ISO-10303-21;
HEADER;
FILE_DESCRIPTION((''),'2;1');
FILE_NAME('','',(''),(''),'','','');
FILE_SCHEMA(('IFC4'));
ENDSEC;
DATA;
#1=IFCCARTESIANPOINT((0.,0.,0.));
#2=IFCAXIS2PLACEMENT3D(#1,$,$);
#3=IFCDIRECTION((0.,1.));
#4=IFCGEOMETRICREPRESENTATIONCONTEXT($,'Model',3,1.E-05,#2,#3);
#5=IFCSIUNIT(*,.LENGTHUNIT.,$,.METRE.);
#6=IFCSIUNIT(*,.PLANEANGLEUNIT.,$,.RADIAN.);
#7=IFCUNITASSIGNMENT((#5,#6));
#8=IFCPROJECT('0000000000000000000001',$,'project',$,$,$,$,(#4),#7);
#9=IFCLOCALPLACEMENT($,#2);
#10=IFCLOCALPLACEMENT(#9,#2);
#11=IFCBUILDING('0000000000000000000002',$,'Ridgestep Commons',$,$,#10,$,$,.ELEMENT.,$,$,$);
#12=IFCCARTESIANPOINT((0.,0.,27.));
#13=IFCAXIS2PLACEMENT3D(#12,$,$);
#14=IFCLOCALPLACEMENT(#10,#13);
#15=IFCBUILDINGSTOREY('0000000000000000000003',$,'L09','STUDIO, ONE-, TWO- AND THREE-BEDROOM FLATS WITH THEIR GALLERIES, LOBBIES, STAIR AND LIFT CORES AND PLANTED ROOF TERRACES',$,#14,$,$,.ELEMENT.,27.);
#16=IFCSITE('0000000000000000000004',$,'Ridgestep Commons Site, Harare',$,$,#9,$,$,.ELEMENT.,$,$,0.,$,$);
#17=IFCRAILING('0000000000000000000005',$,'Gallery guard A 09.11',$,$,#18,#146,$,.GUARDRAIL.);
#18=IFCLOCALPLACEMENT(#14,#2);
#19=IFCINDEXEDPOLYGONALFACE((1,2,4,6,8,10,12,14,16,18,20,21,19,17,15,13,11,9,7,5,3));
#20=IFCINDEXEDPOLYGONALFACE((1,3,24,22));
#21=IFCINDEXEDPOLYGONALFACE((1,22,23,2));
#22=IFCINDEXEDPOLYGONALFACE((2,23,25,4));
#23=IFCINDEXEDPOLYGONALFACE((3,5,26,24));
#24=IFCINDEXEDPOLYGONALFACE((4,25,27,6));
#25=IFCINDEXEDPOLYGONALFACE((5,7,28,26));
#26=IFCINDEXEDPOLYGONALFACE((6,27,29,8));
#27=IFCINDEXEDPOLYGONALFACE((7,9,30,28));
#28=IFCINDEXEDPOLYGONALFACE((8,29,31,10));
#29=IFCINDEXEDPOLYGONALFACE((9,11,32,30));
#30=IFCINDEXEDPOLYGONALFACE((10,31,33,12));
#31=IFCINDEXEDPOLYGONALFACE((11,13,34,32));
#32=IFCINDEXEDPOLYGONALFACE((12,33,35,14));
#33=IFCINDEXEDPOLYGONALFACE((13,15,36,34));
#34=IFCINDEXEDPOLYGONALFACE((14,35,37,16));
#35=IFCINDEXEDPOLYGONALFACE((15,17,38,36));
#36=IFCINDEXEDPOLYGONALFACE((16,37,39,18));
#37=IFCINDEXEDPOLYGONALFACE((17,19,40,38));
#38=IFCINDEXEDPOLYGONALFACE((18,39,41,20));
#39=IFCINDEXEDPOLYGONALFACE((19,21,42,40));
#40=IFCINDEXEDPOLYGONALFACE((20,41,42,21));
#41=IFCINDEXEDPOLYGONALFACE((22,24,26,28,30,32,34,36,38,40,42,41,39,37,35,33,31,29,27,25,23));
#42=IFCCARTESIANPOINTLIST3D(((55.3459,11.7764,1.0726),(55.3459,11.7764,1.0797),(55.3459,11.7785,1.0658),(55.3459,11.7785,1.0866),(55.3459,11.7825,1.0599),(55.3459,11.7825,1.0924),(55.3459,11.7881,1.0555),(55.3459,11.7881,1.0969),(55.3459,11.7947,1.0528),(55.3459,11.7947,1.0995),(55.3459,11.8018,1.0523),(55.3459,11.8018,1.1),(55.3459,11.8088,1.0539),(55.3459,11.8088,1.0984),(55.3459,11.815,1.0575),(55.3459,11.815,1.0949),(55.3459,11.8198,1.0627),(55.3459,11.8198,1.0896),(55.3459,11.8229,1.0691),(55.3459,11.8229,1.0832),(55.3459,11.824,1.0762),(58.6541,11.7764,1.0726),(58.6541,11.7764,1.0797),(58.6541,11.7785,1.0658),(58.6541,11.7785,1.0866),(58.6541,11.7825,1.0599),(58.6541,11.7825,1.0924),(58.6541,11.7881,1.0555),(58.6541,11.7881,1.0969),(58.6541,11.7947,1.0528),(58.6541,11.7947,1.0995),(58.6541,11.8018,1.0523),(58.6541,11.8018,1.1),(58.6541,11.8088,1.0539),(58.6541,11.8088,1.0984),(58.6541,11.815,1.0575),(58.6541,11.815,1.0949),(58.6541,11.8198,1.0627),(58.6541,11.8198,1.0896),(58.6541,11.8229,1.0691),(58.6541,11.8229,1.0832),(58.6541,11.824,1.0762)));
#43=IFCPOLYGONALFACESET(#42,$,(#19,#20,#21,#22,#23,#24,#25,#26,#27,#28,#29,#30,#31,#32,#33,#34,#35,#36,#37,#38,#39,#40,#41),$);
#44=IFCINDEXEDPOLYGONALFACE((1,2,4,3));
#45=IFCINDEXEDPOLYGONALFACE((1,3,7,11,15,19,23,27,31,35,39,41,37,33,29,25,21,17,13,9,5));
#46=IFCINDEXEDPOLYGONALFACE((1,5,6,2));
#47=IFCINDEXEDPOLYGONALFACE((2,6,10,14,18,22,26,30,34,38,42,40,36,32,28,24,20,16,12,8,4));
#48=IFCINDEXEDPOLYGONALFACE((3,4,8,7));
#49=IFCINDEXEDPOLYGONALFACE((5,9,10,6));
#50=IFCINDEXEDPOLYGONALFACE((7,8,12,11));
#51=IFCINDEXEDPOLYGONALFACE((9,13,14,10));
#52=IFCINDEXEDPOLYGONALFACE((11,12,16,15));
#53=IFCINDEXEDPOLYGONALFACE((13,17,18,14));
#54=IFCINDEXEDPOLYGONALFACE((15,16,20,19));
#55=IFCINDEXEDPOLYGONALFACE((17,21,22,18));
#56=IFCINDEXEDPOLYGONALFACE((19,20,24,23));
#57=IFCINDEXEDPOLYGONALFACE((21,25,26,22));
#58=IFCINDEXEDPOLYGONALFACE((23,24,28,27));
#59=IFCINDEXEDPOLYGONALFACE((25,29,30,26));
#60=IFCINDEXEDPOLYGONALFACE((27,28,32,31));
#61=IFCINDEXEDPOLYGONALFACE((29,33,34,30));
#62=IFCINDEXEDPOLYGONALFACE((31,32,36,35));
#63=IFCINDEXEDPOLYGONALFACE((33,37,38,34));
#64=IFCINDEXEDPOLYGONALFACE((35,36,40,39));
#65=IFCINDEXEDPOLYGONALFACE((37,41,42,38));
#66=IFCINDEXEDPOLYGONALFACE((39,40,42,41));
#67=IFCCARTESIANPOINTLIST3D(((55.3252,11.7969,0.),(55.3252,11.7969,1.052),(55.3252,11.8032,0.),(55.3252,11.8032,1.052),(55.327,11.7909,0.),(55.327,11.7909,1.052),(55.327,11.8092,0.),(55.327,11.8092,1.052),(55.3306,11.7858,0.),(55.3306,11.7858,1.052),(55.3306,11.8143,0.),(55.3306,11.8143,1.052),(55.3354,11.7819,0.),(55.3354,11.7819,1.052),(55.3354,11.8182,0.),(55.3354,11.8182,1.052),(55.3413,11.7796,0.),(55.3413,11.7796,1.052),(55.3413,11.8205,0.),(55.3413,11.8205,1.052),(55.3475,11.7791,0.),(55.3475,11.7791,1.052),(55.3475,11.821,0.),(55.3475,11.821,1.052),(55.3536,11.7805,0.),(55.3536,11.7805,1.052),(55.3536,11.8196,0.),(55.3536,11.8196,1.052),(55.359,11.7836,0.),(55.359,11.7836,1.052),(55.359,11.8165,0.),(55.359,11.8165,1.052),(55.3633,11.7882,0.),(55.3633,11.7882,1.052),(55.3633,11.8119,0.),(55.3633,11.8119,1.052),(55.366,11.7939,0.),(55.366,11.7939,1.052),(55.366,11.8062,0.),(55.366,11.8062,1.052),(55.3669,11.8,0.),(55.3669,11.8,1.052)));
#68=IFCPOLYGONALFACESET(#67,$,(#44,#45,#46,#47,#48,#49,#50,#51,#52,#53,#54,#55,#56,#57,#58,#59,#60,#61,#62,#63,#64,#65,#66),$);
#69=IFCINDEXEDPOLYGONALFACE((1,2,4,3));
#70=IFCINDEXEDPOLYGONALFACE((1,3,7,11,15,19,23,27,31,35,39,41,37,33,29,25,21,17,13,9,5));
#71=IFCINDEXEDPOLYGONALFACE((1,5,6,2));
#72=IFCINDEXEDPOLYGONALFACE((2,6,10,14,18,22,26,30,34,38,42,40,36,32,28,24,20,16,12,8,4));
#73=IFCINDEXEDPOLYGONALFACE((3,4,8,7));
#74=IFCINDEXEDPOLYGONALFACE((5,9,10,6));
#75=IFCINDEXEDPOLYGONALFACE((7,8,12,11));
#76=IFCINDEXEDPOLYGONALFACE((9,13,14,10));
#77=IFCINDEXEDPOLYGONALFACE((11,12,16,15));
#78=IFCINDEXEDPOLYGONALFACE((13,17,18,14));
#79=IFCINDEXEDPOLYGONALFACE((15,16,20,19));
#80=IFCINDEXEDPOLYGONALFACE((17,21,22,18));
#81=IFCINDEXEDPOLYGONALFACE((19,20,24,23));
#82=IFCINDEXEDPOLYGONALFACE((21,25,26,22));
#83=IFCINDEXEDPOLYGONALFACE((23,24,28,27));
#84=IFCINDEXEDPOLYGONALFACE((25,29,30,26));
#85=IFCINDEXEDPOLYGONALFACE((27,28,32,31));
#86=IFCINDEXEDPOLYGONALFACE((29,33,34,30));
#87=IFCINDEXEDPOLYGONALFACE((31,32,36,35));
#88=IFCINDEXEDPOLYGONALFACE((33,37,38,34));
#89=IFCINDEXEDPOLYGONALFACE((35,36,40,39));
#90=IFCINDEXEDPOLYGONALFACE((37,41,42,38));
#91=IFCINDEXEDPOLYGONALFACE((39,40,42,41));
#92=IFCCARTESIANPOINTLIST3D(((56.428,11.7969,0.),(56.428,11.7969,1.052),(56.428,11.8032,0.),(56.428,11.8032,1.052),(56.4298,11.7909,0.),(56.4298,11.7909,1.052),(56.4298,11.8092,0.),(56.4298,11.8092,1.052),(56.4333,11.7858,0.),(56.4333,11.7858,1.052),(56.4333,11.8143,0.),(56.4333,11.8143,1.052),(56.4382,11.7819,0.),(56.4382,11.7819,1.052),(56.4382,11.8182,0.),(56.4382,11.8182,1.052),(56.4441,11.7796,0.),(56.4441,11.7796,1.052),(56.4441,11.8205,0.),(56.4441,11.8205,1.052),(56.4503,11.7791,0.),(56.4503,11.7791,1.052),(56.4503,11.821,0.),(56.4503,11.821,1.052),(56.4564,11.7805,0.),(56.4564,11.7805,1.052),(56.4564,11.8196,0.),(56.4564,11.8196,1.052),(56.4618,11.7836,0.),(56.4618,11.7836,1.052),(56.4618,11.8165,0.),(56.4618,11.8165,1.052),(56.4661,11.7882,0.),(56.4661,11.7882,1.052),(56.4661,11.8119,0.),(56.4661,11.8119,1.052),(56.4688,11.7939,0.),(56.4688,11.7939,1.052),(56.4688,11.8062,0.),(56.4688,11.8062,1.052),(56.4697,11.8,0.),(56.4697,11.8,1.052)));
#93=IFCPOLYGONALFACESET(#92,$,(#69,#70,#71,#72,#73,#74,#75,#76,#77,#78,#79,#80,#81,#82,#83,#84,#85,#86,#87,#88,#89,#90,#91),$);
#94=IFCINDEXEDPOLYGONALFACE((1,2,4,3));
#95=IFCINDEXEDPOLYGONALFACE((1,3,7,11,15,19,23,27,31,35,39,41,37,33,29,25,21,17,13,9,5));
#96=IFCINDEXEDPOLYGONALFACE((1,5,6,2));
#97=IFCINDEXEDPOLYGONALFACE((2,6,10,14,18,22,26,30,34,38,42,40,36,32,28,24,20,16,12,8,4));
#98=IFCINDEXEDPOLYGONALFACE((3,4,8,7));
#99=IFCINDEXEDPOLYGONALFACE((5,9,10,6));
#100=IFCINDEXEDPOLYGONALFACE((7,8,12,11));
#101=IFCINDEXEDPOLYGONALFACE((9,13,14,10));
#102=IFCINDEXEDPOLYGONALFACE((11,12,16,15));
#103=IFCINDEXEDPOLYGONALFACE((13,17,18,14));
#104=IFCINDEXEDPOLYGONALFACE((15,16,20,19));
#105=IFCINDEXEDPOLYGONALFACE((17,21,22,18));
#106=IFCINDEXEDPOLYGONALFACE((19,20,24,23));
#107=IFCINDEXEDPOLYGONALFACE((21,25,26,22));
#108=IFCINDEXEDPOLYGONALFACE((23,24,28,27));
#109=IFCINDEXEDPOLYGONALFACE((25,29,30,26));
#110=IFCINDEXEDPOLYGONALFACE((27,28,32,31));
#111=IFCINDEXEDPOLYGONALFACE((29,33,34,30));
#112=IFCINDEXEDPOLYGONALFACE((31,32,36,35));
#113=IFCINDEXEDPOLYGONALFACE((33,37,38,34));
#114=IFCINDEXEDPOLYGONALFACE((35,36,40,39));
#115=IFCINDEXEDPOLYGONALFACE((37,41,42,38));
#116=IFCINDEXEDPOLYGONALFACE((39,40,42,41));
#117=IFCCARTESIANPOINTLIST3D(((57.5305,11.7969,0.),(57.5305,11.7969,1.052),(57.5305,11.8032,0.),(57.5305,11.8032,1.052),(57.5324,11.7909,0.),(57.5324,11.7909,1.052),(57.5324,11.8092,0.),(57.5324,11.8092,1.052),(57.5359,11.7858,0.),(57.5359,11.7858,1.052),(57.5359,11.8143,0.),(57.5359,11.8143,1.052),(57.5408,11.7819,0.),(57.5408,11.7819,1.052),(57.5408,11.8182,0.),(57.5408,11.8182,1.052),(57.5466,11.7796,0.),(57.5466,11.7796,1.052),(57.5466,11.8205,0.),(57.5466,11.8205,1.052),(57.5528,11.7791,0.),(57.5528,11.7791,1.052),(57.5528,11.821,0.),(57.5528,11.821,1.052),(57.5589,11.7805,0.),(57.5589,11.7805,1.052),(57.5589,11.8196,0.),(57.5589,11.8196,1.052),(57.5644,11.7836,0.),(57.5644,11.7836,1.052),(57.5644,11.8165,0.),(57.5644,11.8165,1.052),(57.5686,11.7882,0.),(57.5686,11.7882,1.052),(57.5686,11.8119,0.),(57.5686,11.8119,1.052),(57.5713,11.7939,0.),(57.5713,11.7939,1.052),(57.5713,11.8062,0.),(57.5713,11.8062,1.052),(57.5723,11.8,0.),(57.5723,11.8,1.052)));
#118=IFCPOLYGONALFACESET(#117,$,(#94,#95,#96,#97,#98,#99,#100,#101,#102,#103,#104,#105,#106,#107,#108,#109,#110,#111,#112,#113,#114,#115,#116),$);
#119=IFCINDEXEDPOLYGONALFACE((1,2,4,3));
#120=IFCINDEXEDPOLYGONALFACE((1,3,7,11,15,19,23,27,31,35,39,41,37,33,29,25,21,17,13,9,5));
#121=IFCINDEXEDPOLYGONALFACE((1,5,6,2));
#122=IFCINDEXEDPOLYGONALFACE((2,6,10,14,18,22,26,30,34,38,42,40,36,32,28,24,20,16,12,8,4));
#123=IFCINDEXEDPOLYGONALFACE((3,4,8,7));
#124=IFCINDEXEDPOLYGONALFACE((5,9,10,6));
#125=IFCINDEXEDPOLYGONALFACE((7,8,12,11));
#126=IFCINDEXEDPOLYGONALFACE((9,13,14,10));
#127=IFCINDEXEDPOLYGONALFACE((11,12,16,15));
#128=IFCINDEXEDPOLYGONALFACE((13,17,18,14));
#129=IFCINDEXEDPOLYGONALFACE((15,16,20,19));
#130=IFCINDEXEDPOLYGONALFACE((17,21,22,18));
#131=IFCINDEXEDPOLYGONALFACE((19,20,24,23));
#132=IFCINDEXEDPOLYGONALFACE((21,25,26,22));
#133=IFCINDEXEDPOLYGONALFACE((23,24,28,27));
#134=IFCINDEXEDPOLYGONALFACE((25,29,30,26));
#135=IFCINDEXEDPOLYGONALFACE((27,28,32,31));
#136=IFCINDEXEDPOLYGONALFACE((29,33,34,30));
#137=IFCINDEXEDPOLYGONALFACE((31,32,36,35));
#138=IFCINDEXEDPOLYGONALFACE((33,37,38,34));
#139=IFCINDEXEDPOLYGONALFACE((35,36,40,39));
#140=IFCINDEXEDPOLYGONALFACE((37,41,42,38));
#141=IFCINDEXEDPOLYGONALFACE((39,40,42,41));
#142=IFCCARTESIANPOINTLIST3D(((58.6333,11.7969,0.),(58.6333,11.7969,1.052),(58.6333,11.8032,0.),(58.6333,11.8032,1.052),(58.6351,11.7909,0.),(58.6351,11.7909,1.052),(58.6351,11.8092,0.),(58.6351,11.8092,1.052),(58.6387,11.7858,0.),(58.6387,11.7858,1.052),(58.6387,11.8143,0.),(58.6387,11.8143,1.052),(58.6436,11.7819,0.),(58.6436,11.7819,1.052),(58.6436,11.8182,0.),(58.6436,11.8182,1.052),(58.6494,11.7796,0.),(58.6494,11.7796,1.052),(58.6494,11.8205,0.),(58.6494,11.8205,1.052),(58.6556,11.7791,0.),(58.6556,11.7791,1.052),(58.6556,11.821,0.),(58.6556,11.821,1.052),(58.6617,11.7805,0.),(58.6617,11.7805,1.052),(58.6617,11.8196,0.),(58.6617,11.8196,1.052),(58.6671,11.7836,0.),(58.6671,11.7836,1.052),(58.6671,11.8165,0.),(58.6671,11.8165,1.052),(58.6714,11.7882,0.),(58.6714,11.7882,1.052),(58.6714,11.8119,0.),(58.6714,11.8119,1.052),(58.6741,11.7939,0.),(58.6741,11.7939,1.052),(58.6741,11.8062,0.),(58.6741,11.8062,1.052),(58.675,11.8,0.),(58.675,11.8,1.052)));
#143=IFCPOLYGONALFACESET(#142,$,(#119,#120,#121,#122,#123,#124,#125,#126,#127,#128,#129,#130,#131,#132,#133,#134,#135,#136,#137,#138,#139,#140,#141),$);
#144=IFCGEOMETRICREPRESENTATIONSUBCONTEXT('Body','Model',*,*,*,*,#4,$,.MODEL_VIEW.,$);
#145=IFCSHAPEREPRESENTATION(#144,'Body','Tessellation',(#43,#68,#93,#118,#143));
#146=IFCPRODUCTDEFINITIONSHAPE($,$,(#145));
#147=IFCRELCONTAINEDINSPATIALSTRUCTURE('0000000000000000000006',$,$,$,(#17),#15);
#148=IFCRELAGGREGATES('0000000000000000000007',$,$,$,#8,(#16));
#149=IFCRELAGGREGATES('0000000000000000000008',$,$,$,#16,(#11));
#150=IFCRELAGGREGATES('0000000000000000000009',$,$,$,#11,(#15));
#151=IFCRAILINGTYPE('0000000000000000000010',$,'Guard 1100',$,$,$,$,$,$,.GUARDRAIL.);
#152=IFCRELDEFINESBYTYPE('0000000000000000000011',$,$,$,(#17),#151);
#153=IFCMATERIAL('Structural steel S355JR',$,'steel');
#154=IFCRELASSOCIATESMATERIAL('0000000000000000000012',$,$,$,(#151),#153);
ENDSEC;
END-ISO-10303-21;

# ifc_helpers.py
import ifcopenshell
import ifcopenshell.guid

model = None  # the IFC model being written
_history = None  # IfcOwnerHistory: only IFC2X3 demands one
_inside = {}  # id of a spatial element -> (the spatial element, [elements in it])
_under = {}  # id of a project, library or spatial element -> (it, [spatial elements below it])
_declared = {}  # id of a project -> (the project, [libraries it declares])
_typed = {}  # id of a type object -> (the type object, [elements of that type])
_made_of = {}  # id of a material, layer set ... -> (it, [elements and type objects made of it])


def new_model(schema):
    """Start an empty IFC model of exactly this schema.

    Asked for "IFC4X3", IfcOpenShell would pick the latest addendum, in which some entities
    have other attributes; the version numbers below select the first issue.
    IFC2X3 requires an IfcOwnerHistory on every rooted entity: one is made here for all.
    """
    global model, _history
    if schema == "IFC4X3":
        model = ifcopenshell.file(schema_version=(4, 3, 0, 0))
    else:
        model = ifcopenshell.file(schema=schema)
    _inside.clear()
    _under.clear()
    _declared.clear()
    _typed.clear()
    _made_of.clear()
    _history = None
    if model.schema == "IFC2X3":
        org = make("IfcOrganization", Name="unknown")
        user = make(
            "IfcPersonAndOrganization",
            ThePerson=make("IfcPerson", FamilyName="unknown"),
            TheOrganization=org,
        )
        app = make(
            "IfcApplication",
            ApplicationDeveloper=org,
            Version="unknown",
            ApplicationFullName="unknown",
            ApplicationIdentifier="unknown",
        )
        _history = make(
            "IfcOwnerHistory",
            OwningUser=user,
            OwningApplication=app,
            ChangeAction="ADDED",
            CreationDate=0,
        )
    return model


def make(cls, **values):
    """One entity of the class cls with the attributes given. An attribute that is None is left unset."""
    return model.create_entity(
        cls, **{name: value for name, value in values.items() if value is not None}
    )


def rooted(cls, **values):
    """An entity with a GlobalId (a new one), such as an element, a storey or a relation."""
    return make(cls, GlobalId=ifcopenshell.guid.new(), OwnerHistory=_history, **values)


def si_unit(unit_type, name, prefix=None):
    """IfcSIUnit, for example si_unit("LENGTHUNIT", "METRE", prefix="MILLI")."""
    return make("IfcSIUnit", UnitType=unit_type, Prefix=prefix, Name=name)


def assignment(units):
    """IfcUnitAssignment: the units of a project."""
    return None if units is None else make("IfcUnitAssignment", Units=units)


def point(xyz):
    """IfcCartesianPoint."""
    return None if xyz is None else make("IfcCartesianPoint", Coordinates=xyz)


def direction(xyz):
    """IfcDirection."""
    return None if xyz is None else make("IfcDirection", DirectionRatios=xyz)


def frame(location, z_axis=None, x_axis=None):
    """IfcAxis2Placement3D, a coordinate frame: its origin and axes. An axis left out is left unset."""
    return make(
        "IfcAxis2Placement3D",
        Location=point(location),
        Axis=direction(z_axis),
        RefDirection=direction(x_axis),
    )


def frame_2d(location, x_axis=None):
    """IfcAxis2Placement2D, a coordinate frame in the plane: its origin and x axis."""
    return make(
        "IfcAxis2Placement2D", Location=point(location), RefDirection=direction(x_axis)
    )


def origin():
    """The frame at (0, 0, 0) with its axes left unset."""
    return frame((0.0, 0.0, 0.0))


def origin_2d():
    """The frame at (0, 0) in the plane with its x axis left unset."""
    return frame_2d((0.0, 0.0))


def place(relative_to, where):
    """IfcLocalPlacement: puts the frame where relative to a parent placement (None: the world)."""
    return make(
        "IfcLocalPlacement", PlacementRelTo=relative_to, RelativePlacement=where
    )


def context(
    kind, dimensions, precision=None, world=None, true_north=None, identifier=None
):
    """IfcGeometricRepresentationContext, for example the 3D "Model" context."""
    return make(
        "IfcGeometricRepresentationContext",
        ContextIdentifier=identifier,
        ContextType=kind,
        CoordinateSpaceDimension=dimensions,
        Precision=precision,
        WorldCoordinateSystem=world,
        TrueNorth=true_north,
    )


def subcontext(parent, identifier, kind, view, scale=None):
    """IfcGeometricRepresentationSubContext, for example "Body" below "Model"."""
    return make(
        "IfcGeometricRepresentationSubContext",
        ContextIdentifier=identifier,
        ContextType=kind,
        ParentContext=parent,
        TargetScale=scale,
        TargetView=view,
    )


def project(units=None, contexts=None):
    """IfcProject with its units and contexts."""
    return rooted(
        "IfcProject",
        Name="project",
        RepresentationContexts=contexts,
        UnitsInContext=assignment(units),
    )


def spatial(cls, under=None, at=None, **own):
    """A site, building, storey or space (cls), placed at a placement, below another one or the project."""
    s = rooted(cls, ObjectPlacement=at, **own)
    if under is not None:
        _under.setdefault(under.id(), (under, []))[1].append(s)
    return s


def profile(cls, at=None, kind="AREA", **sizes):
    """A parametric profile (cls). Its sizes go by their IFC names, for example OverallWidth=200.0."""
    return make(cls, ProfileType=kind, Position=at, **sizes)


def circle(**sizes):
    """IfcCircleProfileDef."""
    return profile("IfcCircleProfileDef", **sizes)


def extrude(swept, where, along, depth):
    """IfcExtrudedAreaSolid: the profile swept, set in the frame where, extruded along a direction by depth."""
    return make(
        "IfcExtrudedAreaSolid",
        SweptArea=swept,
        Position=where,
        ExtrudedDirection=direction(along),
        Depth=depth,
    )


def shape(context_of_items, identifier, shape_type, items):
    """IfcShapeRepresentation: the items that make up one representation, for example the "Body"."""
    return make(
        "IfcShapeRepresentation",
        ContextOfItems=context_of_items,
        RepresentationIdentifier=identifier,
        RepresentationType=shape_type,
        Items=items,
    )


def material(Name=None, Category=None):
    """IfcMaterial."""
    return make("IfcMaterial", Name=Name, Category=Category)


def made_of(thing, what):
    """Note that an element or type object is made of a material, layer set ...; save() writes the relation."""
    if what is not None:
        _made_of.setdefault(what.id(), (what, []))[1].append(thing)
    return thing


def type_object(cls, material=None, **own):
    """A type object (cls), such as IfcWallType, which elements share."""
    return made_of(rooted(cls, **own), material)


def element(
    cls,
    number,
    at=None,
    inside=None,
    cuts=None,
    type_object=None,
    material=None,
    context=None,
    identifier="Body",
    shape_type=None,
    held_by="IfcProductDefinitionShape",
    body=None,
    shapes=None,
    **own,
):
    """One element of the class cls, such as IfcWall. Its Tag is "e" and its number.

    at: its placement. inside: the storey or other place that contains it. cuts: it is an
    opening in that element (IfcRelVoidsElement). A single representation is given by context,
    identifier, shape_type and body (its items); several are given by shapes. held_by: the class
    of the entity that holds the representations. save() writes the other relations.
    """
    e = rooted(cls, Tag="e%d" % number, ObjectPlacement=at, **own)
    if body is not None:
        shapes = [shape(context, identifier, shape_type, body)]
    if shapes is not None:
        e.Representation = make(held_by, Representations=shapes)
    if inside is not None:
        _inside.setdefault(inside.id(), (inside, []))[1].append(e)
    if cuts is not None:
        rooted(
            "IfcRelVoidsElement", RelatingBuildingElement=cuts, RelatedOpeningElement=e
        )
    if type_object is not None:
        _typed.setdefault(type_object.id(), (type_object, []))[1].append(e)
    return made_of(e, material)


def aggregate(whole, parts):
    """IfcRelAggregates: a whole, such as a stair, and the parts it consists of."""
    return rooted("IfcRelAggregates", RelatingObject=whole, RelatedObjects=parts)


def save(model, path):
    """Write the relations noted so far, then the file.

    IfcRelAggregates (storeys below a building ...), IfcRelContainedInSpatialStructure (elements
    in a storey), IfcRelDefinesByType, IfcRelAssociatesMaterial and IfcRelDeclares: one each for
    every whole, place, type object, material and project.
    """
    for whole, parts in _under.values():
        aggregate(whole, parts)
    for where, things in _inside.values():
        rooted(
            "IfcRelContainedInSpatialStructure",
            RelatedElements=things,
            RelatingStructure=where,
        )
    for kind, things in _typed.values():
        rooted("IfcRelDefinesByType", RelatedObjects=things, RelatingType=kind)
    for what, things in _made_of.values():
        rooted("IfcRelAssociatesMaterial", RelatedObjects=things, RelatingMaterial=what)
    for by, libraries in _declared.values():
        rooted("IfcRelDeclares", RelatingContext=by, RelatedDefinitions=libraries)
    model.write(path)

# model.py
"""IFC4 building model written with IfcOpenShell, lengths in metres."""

from ifc_helpers import new_model, si_unit, direction, frame, origin, origin_2d, place, context, subcontext, project, spatial, circle, extrude, material, type_object, element, save


model = new_model("IFC4")

# Units and contexts
model_context = context("Model", 3, precision=1e-05, world=origin(), true_north=direction((0.0, 1.0)))
body_context = subcontext(model_context, "Body", "Model", "MODEL_VIEW")
ifc_project = project(units=[si_unit("LENGTHUNIT", "METRE"), si_unit("PLANEANGLEUNIT", "RADIAN")], contexts=[model_context])

# Site, building, storey
site_placement = place(None, origin())
site = spatial("IfcSite", under=ifc_project, at=site_placement, Name="Ridgestep Commons Site, Harare", CompositionType="ELEMENT", RefElevation=0.0)
building_placement = place(site_placement, origin())
building = spatial("IfcBuilding", under=site, at=building_placement, Name="Ridgestep Commons", CompositionType="ELEMENT")
storey_placement = place(building_placement, frame((0.0, 0.0, 27.0)))
storey = spatial("IfcBuildingStorey", under=building, at=storey_placement, Name="L09", Description="STUDIO, ONE-, TWO- AND THREE-BEDROOM FLATS WITH THEIR GALLERIES, LOBBIES, STAIR AND LIFT CORES AND PLANTED ROOF TERRACES", CompositionType="ELEMENT", Elevation=27.0)

# Railing
ifc_material_1 = material(Name="Structural steel S355JR", Category="steel")
railing_type_1 = type_object("IfcRailingType", Name="Guard 1100", PredefinedType="GUARDRAIL", material=ifc_material_1)
railing_1_placement = place(storey_placement, frame((55.3459, 11.8, 0.0)))
element("IfcRailing", 1, at=railing_1_placement, inside=storey, type_object=railing_type_1, Name="Gallery guard A 09.11", PredefinedType="GUARDRAIL", context=body_context, shape_type="SweptSolid", body=[
    extrude(circle(Radius=0.0239, at=origin_2d()), frame((0.0, 0.0, 1.0762), z_axis=(1.0, 0.0, 0.0), x_axis=(0.0, 1.0, 0.0)), (0.0, 0.0, 1.0), 3.3081),
    extrude(circle(Radius=0.021, at=origin_2d()), origin(), (0.0, 0.0, 1.0), 1.052),
    extrude(circle(Radius=0.021, at=origin_2d()), frame((1.1028, 0.0, 0.0)), (0.0, 0.0, 1.0), 1.052),
    extrude(circle(Radius=0.021, at=origin_2d()), frame((2.2053, 0.0, 0.0)), (0.0, 0.0, 1.0), 1.052),
    extrude(circle(Radius=0.021, at=origin_2d()), frame((3.3081, 0.0, 0.0)), (0.0, 0.0, 1.0), 1.052),
])

save(model, "model.ifc")
